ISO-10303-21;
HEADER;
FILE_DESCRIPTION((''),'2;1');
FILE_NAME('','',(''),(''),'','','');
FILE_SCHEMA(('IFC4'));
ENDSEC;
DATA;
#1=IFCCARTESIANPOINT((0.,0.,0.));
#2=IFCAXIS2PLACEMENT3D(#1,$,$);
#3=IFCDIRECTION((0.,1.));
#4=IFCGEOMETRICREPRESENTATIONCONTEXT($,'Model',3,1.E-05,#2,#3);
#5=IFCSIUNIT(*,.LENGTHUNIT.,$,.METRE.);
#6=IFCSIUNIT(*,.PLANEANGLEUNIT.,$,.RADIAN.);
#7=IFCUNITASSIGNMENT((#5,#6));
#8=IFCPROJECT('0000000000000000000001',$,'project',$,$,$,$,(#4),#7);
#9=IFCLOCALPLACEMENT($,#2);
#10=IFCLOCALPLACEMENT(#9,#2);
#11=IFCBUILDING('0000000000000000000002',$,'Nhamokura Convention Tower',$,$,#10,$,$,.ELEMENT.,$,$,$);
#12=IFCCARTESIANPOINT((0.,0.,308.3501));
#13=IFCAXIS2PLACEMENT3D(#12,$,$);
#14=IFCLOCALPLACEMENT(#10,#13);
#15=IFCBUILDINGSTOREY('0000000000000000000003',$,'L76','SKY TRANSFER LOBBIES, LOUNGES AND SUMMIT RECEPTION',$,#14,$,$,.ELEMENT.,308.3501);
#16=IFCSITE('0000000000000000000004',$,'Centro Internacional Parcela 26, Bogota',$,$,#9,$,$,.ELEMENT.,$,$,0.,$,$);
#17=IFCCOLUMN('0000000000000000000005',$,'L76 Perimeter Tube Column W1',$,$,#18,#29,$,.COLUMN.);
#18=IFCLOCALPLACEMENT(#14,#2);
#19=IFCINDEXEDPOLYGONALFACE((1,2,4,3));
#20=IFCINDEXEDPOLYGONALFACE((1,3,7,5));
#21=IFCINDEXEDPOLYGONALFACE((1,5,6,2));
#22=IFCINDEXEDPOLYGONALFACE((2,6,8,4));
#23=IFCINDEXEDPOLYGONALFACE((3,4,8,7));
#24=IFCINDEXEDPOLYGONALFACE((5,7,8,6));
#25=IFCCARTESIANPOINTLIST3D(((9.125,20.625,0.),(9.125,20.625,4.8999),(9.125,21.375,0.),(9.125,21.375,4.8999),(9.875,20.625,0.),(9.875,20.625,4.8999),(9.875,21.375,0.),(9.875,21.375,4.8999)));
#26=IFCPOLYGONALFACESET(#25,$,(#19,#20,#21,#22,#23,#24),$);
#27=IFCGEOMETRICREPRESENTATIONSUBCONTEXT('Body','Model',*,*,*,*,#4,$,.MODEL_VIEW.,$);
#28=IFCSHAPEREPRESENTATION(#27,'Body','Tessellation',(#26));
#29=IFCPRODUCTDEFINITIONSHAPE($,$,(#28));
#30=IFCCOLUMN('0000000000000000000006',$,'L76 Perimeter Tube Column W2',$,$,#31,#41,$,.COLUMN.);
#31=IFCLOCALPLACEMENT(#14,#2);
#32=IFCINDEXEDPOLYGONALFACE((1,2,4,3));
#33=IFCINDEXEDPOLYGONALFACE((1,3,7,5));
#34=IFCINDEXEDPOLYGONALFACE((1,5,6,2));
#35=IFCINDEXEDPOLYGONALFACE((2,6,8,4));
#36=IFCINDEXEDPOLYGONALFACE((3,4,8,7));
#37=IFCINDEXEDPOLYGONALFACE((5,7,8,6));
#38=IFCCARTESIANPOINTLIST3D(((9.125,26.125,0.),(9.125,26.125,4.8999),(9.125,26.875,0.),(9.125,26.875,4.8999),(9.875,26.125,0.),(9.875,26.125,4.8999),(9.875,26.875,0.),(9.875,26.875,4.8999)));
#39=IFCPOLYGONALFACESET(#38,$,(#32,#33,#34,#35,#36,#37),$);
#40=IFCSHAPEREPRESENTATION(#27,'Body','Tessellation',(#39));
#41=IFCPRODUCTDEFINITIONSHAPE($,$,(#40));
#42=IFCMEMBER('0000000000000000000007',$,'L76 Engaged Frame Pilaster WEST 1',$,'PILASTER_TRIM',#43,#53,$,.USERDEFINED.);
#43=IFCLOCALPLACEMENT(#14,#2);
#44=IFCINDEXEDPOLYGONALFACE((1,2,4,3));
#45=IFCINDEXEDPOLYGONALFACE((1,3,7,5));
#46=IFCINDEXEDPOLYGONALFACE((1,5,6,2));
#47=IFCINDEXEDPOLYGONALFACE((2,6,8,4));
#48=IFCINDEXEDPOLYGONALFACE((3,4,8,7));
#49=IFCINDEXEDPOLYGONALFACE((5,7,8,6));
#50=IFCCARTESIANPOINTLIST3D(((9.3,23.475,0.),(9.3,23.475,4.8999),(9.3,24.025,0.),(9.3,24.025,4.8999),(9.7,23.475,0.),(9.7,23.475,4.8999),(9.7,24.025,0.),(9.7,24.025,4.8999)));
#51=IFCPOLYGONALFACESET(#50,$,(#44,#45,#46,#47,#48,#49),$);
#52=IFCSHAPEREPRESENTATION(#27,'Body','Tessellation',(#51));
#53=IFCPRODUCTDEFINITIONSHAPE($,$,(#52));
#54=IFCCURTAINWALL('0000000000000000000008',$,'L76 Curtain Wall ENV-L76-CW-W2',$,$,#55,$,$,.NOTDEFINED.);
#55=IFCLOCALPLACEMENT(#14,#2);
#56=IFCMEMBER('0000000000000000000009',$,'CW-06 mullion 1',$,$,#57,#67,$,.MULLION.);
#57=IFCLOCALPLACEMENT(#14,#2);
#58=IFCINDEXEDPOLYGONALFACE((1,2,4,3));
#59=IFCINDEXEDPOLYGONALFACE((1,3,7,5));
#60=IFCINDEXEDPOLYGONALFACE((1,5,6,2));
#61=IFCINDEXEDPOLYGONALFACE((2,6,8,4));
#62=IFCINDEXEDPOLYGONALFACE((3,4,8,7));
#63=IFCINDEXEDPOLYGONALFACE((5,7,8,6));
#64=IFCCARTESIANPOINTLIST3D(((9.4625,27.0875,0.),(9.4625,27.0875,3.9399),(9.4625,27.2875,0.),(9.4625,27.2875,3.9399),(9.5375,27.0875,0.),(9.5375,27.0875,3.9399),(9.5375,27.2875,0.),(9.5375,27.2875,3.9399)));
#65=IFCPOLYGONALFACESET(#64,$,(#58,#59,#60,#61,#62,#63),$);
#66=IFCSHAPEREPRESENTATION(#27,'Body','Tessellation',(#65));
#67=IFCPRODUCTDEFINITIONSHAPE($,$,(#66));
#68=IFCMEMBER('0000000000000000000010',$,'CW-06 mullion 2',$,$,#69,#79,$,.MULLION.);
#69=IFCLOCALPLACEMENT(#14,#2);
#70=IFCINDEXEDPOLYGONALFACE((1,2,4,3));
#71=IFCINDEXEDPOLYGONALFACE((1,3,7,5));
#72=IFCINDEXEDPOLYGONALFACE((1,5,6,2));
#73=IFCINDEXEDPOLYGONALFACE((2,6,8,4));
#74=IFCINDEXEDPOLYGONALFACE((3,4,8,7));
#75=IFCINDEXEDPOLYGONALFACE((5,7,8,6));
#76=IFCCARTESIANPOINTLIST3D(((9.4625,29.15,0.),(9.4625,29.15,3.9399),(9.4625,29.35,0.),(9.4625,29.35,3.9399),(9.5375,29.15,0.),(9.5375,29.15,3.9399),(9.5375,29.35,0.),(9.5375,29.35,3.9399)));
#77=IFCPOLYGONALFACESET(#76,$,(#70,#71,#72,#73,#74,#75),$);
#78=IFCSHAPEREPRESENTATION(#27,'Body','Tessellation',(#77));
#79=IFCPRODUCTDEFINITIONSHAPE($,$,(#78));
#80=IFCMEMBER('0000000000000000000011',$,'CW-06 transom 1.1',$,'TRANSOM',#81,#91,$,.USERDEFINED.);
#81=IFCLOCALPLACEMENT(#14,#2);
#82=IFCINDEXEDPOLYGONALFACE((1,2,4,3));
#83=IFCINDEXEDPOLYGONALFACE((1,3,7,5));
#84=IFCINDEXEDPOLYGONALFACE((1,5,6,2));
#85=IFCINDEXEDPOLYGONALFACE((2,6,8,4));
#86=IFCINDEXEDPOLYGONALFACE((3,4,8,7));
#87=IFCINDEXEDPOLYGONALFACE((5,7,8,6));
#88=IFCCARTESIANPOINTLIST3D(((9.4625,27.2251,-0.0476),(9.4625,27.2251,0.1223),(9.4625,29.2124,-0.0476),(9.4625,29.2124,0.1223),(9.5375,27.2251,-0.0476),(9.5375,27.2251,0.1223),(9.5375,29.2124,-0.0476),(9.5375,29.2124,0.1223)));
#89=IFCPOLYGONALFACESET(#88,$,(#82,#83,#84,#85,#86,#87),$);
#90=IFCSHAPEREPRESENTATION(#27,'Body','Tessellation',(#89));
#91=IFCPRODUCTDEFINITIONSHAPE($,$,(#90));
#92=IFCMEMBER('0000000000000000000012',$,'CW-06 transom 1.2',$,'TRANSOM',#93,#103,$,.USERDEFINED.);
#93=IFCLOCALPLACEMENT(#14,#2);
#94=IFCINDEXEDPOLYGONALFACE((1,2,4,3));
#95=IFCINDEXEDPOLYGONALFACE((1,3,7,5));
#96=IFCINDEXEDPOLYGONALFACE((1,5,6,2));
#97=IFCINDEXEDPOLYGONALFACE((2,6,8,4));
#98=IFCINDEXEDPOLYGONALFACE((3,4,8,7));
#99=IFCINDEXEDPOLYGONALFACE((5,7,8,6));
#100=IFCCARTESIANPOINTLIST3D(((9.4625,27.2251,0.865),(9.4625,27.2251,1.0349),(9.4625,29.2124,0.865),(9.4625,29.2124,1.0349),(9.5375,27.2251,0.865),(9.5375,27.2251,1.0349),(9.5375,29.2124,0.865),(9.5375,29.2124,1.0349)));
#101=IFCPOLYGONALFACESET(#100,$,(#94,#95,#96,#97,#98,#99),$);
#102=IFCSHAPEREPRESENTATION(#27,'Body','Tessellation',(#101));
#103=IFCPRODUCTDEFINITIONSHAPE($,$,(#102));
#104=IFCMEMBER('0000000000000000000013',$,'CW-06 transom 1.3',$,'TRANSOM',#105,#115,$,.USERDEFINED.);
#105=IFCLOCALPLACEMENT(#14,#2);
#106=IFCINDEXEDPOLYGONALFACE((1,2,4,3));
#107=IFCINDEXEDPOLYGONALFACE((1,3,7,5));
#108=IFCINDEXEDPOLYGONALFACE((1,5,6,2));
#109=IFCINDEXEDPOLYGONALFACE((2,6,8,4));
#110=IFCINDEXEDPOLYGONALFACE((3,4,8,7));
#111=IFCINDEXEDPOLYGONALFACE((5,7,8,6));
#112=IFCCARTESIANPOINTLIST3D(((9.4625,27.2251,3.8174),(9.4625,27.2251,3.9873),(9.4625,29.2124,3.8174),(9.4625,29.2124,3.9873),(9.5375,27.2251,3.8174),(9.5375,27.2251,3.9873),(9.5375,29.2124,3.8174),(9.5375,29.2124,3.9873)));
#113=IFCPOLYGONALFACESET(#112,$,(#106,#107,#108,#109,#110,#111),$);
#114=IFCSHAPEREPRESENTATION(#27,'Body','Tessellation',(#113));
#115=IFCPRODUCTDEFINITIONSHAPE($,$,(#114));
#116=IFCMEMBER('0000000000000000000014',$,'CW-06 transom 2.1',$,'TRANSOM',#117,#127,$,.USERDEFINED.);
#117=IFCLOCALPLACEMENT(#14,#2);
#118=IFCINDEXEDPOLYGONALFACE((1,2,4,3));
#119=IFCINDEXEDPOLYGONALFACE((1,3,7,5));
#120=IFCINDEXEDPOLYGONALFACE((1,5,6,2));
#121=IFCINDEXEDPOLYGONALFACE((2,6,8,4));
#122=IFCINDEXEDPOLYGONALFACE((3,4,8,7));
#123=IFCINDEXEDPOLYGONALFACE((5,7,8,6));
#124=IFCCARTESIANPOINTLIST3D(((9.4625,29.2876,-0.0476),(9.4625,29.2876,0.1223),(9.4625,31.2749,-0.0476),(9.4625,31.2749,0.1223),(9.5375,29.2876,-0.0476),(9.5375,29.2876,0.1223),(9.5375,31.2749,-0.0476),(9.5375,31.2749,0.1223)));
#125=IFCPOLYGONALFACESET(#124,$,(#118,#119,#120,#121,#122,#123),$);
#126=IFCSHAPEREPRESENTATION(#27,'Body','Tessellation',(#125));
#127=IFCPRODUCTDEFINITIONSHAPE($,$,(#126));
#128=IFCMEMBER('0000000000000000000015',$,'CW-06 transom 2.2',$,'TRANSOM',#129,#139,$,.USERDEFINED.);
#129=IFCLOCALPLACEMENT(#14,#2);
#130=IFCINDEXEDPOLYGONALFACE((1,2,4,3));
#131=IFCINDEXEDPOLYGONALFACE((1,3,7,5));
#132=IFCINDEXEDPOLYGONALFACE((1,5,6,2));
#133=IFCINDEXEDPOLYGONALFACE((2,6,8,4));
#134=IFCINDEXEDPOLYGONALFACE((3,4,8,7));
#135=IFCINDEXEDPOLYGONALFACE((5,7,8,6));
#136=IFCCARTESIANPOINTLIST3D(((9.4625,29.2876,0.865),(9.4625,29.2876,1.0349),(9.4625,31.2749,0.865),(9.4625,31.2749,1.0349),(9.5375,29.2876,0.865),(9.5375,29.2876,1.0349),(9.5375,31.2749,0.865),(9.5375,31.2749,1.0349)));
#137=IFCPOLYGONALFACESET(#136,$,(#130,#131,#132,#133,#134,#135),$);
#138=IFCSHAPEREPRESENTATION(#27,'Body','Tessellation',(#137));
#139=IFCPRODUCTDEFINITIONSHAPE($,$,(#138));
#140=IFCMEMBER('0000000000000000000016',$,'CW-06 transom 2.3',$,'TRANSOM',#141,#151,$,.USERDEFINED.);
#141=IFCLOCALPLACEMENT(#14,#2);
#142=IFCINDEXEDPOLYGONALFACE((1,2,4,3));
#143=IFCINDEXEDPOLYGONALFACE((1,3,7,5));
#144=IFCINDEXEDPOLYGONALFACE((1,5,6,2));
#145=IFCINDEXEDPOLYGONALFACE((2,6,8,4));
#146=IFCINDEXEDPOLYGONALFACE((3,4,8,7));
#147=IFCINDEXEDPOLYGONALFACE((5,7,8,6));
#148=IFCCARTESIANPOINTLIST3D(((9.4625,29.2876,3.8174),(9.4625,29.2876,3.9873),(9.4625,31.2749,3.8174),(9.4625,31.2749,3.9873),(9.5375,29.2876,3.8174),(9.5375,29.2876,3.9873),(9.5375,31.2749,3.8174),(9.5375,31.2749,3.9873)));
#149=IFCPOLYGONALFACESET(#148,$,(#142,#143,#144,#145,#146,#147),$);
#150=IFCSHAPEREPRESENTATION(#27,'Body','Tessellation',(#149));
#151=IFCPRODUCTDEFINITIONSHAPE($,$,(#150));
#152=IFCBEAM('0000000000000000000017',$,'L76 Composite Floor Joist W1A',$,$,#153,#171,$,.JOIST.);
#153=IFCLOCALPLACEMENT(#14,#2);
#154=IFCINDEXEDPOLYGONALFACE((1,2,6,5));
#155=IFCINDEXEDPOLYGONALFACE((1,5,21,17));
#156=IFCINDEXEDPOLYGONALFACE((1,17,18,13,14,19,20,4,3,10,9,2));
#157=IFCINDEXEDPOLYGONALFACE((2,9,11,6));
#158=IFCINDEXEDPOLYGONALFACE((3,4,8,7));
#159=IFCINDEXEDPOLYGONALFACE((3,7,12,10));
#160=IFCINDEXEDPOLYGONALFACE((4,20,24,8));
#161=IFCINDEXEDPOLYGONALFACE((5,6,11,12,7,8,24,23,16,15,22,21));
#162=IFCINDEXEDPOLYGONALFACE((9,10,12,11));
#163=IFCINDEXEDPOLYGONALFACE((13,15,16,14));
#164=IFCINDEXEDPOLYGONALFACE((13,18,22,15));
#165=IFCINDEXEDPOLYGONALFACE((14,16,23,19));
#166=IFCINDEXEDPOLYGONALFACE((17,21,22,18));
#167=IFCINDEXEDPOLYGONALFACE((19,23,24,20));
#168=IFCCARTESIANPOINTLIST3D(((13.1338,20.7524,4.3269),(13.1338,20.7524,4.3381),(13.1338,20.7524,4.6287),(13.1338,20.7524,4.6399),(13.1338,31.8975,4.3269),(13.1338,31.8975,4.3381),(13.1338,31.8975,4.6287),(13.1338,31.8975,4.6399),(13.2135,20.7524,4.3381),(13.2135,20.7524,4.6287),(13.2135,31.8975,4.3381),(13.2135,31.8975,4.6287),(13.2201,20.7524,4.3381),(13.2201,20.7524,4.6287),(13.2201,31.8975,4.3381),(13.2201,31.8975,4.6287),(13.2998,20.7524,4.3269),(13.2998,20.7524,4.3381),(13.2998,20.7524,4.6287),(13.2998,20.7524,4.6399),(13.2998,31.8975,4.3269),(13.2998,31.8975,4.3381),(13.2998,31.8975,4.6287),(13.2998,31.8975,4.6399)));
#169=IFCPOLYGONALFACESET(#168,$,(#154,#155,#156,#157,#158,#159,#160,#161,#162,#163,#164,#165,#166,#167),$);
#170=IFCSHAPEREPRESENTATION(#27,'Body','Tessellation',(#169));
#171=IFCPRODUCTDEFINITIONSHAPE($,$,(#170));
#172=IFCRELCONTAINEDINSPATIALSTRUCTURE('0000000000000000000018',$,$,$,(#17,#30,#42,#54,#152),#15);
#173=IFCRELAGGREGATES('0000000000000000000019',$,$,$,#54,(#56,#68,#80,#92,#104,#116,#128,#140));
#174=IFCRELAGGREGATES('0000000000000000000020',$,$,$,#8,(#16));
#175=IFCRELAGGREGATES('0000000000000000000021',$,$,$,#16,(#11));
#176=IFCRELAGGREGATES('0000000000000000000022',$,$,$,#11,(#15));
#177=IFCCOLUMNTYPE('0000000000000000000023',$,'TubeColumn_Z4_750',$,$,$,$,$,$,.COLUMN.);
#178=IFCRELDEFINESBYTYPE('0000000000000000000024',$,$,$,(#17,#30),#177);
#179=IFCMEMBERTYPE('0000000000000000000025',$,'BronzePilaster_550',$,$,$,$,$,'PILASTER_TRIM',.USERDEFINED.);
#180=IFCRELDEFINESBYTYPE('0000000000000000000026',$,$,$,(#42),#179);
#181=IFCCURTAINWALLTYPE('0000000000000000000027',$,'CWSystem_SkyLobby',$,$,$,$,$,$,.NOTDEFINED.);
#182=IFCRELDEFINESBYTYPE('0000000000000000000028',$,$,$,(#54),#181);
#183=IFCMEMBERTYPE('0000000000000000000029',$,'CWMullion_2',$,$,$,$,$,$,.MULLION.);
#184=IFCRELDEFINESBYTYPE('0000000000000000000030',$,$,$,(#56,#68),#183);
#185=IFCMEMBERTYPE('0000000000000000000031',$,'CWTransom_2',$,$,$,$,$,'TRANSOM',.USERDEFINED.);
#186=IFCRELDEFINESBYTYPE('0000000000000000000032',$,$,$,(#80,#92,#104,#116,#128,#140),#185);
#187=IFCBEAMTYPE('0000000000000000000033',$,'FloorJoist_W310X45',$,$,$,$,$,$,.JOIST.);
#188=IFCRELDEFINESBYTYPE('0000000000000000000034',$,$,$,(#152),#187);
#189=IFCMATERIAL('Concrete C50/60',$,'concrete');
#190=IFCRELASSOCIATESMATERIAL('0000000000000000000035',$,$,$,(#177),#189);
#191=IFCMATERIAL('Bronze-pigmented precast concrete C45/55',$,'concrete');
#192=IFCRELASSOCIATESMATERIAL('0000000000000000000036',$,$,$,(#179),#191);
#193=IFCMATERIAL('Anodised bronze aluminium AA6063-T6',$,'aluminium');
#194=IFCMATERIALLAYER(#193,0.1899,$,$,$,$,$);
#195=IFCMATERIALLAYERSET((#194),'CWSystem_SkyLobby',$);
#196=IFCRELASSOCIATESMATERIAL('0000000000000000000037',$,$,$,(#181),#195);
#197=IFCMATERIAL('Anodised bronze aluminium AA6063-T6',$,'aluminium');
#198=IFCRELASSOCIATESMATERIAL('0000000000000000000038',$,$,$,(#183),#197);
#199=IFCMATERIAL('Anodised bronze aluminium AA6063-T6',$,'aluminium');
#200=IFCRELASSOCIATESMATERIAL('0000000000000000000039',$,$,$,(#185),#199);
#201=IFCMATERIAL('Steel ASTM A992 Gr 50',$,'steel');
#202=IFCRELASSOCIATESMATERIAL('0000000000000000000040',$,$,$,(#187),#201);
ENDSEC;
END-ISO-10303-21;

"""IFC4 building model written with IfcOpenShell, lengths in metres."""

from ifc_helpers import new_model, si_unit, direction, frame, origin, origin_2d, place, context, subcontext, project, spatial, rectangle, i_section, extrude, material, layer, layer_set, material_profile, profile_set, type_object, element, aggregate, save


model = new_model("IFC4")

# Units and contexts
model_context = context("Model", 3, precision=1e-05, world=origin(), true_north=direction((0.0, 1.0)))
body_context = subcontext(model_context, "Body", "Model", "MODEL_VIEW")
ifc_project = project(units=[si_unit("LENGTHUNIT", "METRE"), si_unit("PLANEANGLEUNIT", "RADIAN")], contexts=[model_context])

# Site, building, storey
site_placement = place(None, origin())
site = spatial("IfcSite", under=ifc_project, at=site_placement, Name="Centro Internacional Parcela 26, Bogota", CompositionType="ELEMENT", RefElevation=0.0)
building_placement = place(site_placement, origin())
building = spatial("IfcBuilding", under=site, at=building_placement, Name="Nhamokura Convention Tower", CompositionType="ELEMENT")
storey_placement = place(building_placement, frame((0.0, 0.0, 308.3501)))
storey = spatial("IfcBuildingStorey", under=building, at=storey_placement, Name="L76", Description="SKY TRANSFER LOBBIES, LOUNGES AND SUMMIT RECEPTION", CompositionType="ELEMENT", Elevation=308.3501)

# Columns
ifc_material_1 = material(Name="Concrete C50/60", Category="concrete")
ifc_material_profile_1 = material_profile(ifc_material_1, rectangle(XDim=0.75, YDim=0.75, at=origin_2d()))
ifc_profile_set_1 = profile_set([ifc_material_profile_1], Name="Concrete C50/60")
column_type = type_object("IfcColumnType", Name="TubeColumn_Z4_750", PredefinedType="COLUMN", material=ifc_profile_set_1)
for number, where, z_axis, x_axis, name in (
    (1, (9.5, 21.0, 0.0), (0.0, 0.0, 1.0), (1.0, 0.0, 0.0), "L76 Perimeter Tube Column W1"),
    (2, (9.5, 26.5, 0.0), (0.0, 0.0, 1.0), (1.0, 0.0, 0.0), "L76 Perimeter Tube Column W2"),
):
    element("IfcColumn", number, at=place(storey_placement, frame(where, z_axis=z_axis, x_axis=x_axis)), inside=storey, type_object=column_type, Name=name, PredefinedType="COLUMN", context=body_context, shape_type="SweptSolid", body=[
        extrude(rectangle(XDim=0.75, YDim=0.75, at=origin_2d()), origin(), (0.0, 0.0, 1.0), 4.8999),
    ])

# Member
ifc_material_2 = material(Name="Bronze-pigmented precast concrete C45/55", Category="concrete")
ifc_material_profile_2 = material_profile(ifc_material_2, rectangle(XDim=0.3999, YDim=0.55, at=origin_2d()))
ifc_profile_set_2 = profile_set([ifc_material_profile_2], Name="Bronze-pigmented precast concrete C45/55")
member_type_1 = type_object("IfcMemberType", Name="BronzePilaster_550", ElementType="PILASTER_TRIM", PredefinedType="USERDEFINED", material=ifc_profile_set_2)
member_1_placement = place(storey_placement, frame((9.5, 23.75, 0.0), z_axis=(0.0, 0.0, 1.0), x_axis=(1.0, 0.0, 0.0)))
element("IfcMember", 3, at=member_1_placement, inside=storey, type_object=member_type_1, Name="L76 Engaged Frame Pilaster WEST 1", ObjectType="PILASTER_TRIM", PredefinedType="USERDEFINED", context=body_context, shape_type="SweptSolid", body=[
    extrude(rectangle(XDim=0.3999, YDim=0.55, at=origin_2d()), origin(), (0.0, 0.0, 1.0), 4.8999),
])

# Curtain wall, members
ifc_material_3 = material(Name="Anodised bronze aluminium AA6063-T6", Category="aluminium")
ifc_layer_1 = layer(ifc_material_3, 0.1899)
ifc_layer_set_1 = layer_set([ifc_layer_1], Name="CWSystem_SkyLobby")
curtain_wall_type = type_object("IfcCurtainWallType", Name="CWSystem_SkyLobby", PredefinedType="NOTDEFINED", material=ifc_layer_set_1)
curtain_wall_placement = place(storey_placement, origin())
curtain_wall = element("IfcCurtainWall", 4, at=curtain_wall_placement, inside=storey, type_object=curtain_wall_type, Name="L76 Curtain Wall ENV-L76-CW-W2", PredefinedType="NOTDEFINED")
ifc_material_4 = material(Name="Anodised bronze aluminium AA6063-T6", Category="aluminium")
ifc_material_profile_3 = material_profile(ifc_material_4, rectangle(XDim=0.075, YDim=0.2, at=origin_2d()))
ifc_profile_set_3 = profile_set([ifc_material_profile_3], Name="Anodised bronze aluminium AA6063-T6")
member_type_2 = type_object("IfcMemberType", Name="CWMullion_2", PredefinedType="MULLION", material=ifc_profile_set_3)
member_2_placement = place(storey_placement, frame((9.5, 27.1875, 0.0), z_axis=(0.0, 0.0, 1.0), x_axis=(-1.0, 0.0, 0.0)))
member_2 = element("IfcMember", 5, at=member_2_placement, type_object=member_type_2, Name="CW-06 mullion 1", PredefinedType="MULLION", context=body_context, shape_type="SweptSolid", body=[
    extrude(rectangle(XDim=0.075, YDim=0.2, at=origin_2d()), origin(), (0.0, 0.0, 1.0), 3.9399),
])
member_3_placement = place(storey_placement, frame((9.5, 29.25, 0.0), z_axis=(0.0, 0.0, 1.0), x_axis=(-1.0, 0.0, 0.0)))
member_3 = element("IfcMember", 6, at=member_3_placement, type_object=member_type_2, Name="CW-06 mullion 2", PredefinedType="MULLION", context=body_context, shape_type="SweptSolid", body=[
    extrude(rectangle(XDim=0.075, YDim=0.2, at=origin_2d()), origin(), (0.0, 0.0, 1.0), 3.9399),
])
ifc_material_5 = material(Name="Anodised bronze aluminium AA6063-T6", Category="aluminium")
ifc_material_profile_4 = material_profile(ifc_material_5, rectangle(XDim=0.075, YDim=0.1699, at=origin_2d()))
ifc_profile_set_4 = profile_set([ifc_material_profile_4], Name="Anodised bronze aluminium AA6063-T6")
member_type_3 = type_object("IfcMemberType", Name="CWTransom_2", ElementType="TRANSOM", PredefinedType="USERDEFINED", material=ifc_profile_set_4)
member_4_placement = place(storey_placement, frame((9.5, 27.2251, 0.0374), z_axis=(0.0, 1.0, 0.0), x_axis=(-1.0, 0.0, 0.0)))
member_4 = element("IfcMember", 7, at=member_4_placement, type_object=member_type_3, Name="CW-06 transom 1.1", ObjectType="TRANSOM", PredefinedType="USERDEFINED", context=body_context, shape_type="SweptSolid", body=[
    extrude(rectangle(XDim=0.075, YDim=0.1699, at=origin_2d()), origin(), (0.0, 0.0, 1.0), 1.9873),
])
member_5_placement = place(storey_placement, frame((9.5, 27.2251, 0.95), z_axis=(0.0, 1.0, 0.0), x_axis=(-1.0, 0.0, 0.0)))
member_5 = element("IfcMember", 8, at=member_5_placement, type_object=member_type_3, Name="CW-06 transom 1.2", ObjectType="TRANSOM", PredefinedType="USERDEFINED", context=body_context, shape_type="SweptSolid", body=[
    extrude(rectangle(XDim=0.075, YDim=0.1699, at=origin_2d()), origin(), (0.0, 0.0, 1.0), 1.9873),
])
member_6_placement = place(storey_placement, frame((9.5, 27.2251, 3.9023), z_axis=(0.0, 1.0, 0.0), x_axis=(-1.0, 0.0, 0.0)))
member_6 = element("IfcMember", 9, at=member_6_placement, type_object=member_type_3, Name="CW-06 transom 1.3", ObjectType="TRANSOM", PredefinedType="USERDEFINED", context=body_context, shape_type="SweptSolid", body=[
    extrude(rectangle(XDim=0.075, YDim=0.1699, at=origin_2d()), origin(), (0.0, 0.0, 1.0), 1.9873),
])
member_7_placement = place(storey_placement, frame((9.5, 29.2876, 0.0374), z_axis=(0.0, 1.0, 0.0), x_axis=(-1.0, 0.0, 0.0)))
member_7 = element("IfcMember", 10, at=member_7_placement, type_object=member_type_3, Name="CW-06 transom 2.1", ObjectType="TRANSOM", PredefinedType="USERDEFINED", context=body_context, shape_type="SweptSolid", body=[
    extrude(rectangle(XDim=0.075, YDim=0.1699, at=origin_2d()), origin(), (0.0, 0.0, 1.0), 1.9873),
])
member_8_placement = place(storey_placement, frame((9.5, 29.2876, 0.95), z_axis=(0.0, 1.0, 0.0), x_axis=(-1.0, 0.0, 0.0)))
member_8 = element("IfcMember", 11, at=member_8_placement, type_object=member_type_3, Name="CW-06 transom 2.2", ObjectType="TRANSOM", PredefinedType="USERDEFINED", context=body_context, shape_type="SweptSolid", body=[
    extrude(rectangle(XDim=0.075, YDim=0.1699, at=origin_2d()), origin(), (0.0, 0.0, 1.0), 1.9873),
])
member_9_placement = place(storey_placement, frame((9.5, 29.2876, 3.9023), z_axis=(0.0, 1.0, 0.0), x_axis=(-1.0, 0.0, 0.0)))
member_9 = element("IfcMember", 12, at=member_9_placement, type_object=member_type_3, Name="CW-06 transom 2.3", ObjectType="TRANSOM", PredefinedType="USERDEFINED", context=body_context, shape_type="SweptSolid", body=[
    extrude(rectangle(XDim=0.075, YDim=0.1699, at=origin_2d()), origin(), (0.0, 0.0, 1.0), 1.9873),
])

# Beam
ifc_material_6 = material(Name="Steel ASTM A992 Gr 50", Category="steel")
ifc_material_profile_5 = material_profile(ifc_material_6, i_section(OverallWidth=0.166, OverallDepth=0.313, WebThickness=0.0066, FlangeThickness=0.0112, at=origin_2d()))
ifc_profile_set_5 = profile_set([ifc_material_profile_5], Name="Steel ASTM A992 Gr 50")
beam_type_1 = type_object("IfcBeamType", Name="FloorJoist_W310X45", PredefinedType="JOIST", material=ifc_profile_set_5)
beam_1_placement = place(storey_placement, frame((13.2168, 20.7524, 4.4834), z_axis=(0.0, 1.0, 0.0), x_axis=(-1.0, 0.0, 0.0)))
element("IfcBeam", 13, at=beam_1_placement, inside=storey, type_object=beam_type_1, Name="L76 Composite Floor Joist W1A", PredefinedType="JOIST", context=body_context, shape_type="SweptSolid", body=[
    extrude(i_section(OverallWidth=0.166, OverallDepth=0.313, WebThickness=0.0066, FlangeThickness=0.0112, at=origin_2d()), origin(), (0.0, 0.0, 1.0), 11.145),
])

aggregate(curtain_wall, [member_2, member_3, member_4, member_5, member_6, member_7, member_8, member_9])

save(model, "model.ifc")
